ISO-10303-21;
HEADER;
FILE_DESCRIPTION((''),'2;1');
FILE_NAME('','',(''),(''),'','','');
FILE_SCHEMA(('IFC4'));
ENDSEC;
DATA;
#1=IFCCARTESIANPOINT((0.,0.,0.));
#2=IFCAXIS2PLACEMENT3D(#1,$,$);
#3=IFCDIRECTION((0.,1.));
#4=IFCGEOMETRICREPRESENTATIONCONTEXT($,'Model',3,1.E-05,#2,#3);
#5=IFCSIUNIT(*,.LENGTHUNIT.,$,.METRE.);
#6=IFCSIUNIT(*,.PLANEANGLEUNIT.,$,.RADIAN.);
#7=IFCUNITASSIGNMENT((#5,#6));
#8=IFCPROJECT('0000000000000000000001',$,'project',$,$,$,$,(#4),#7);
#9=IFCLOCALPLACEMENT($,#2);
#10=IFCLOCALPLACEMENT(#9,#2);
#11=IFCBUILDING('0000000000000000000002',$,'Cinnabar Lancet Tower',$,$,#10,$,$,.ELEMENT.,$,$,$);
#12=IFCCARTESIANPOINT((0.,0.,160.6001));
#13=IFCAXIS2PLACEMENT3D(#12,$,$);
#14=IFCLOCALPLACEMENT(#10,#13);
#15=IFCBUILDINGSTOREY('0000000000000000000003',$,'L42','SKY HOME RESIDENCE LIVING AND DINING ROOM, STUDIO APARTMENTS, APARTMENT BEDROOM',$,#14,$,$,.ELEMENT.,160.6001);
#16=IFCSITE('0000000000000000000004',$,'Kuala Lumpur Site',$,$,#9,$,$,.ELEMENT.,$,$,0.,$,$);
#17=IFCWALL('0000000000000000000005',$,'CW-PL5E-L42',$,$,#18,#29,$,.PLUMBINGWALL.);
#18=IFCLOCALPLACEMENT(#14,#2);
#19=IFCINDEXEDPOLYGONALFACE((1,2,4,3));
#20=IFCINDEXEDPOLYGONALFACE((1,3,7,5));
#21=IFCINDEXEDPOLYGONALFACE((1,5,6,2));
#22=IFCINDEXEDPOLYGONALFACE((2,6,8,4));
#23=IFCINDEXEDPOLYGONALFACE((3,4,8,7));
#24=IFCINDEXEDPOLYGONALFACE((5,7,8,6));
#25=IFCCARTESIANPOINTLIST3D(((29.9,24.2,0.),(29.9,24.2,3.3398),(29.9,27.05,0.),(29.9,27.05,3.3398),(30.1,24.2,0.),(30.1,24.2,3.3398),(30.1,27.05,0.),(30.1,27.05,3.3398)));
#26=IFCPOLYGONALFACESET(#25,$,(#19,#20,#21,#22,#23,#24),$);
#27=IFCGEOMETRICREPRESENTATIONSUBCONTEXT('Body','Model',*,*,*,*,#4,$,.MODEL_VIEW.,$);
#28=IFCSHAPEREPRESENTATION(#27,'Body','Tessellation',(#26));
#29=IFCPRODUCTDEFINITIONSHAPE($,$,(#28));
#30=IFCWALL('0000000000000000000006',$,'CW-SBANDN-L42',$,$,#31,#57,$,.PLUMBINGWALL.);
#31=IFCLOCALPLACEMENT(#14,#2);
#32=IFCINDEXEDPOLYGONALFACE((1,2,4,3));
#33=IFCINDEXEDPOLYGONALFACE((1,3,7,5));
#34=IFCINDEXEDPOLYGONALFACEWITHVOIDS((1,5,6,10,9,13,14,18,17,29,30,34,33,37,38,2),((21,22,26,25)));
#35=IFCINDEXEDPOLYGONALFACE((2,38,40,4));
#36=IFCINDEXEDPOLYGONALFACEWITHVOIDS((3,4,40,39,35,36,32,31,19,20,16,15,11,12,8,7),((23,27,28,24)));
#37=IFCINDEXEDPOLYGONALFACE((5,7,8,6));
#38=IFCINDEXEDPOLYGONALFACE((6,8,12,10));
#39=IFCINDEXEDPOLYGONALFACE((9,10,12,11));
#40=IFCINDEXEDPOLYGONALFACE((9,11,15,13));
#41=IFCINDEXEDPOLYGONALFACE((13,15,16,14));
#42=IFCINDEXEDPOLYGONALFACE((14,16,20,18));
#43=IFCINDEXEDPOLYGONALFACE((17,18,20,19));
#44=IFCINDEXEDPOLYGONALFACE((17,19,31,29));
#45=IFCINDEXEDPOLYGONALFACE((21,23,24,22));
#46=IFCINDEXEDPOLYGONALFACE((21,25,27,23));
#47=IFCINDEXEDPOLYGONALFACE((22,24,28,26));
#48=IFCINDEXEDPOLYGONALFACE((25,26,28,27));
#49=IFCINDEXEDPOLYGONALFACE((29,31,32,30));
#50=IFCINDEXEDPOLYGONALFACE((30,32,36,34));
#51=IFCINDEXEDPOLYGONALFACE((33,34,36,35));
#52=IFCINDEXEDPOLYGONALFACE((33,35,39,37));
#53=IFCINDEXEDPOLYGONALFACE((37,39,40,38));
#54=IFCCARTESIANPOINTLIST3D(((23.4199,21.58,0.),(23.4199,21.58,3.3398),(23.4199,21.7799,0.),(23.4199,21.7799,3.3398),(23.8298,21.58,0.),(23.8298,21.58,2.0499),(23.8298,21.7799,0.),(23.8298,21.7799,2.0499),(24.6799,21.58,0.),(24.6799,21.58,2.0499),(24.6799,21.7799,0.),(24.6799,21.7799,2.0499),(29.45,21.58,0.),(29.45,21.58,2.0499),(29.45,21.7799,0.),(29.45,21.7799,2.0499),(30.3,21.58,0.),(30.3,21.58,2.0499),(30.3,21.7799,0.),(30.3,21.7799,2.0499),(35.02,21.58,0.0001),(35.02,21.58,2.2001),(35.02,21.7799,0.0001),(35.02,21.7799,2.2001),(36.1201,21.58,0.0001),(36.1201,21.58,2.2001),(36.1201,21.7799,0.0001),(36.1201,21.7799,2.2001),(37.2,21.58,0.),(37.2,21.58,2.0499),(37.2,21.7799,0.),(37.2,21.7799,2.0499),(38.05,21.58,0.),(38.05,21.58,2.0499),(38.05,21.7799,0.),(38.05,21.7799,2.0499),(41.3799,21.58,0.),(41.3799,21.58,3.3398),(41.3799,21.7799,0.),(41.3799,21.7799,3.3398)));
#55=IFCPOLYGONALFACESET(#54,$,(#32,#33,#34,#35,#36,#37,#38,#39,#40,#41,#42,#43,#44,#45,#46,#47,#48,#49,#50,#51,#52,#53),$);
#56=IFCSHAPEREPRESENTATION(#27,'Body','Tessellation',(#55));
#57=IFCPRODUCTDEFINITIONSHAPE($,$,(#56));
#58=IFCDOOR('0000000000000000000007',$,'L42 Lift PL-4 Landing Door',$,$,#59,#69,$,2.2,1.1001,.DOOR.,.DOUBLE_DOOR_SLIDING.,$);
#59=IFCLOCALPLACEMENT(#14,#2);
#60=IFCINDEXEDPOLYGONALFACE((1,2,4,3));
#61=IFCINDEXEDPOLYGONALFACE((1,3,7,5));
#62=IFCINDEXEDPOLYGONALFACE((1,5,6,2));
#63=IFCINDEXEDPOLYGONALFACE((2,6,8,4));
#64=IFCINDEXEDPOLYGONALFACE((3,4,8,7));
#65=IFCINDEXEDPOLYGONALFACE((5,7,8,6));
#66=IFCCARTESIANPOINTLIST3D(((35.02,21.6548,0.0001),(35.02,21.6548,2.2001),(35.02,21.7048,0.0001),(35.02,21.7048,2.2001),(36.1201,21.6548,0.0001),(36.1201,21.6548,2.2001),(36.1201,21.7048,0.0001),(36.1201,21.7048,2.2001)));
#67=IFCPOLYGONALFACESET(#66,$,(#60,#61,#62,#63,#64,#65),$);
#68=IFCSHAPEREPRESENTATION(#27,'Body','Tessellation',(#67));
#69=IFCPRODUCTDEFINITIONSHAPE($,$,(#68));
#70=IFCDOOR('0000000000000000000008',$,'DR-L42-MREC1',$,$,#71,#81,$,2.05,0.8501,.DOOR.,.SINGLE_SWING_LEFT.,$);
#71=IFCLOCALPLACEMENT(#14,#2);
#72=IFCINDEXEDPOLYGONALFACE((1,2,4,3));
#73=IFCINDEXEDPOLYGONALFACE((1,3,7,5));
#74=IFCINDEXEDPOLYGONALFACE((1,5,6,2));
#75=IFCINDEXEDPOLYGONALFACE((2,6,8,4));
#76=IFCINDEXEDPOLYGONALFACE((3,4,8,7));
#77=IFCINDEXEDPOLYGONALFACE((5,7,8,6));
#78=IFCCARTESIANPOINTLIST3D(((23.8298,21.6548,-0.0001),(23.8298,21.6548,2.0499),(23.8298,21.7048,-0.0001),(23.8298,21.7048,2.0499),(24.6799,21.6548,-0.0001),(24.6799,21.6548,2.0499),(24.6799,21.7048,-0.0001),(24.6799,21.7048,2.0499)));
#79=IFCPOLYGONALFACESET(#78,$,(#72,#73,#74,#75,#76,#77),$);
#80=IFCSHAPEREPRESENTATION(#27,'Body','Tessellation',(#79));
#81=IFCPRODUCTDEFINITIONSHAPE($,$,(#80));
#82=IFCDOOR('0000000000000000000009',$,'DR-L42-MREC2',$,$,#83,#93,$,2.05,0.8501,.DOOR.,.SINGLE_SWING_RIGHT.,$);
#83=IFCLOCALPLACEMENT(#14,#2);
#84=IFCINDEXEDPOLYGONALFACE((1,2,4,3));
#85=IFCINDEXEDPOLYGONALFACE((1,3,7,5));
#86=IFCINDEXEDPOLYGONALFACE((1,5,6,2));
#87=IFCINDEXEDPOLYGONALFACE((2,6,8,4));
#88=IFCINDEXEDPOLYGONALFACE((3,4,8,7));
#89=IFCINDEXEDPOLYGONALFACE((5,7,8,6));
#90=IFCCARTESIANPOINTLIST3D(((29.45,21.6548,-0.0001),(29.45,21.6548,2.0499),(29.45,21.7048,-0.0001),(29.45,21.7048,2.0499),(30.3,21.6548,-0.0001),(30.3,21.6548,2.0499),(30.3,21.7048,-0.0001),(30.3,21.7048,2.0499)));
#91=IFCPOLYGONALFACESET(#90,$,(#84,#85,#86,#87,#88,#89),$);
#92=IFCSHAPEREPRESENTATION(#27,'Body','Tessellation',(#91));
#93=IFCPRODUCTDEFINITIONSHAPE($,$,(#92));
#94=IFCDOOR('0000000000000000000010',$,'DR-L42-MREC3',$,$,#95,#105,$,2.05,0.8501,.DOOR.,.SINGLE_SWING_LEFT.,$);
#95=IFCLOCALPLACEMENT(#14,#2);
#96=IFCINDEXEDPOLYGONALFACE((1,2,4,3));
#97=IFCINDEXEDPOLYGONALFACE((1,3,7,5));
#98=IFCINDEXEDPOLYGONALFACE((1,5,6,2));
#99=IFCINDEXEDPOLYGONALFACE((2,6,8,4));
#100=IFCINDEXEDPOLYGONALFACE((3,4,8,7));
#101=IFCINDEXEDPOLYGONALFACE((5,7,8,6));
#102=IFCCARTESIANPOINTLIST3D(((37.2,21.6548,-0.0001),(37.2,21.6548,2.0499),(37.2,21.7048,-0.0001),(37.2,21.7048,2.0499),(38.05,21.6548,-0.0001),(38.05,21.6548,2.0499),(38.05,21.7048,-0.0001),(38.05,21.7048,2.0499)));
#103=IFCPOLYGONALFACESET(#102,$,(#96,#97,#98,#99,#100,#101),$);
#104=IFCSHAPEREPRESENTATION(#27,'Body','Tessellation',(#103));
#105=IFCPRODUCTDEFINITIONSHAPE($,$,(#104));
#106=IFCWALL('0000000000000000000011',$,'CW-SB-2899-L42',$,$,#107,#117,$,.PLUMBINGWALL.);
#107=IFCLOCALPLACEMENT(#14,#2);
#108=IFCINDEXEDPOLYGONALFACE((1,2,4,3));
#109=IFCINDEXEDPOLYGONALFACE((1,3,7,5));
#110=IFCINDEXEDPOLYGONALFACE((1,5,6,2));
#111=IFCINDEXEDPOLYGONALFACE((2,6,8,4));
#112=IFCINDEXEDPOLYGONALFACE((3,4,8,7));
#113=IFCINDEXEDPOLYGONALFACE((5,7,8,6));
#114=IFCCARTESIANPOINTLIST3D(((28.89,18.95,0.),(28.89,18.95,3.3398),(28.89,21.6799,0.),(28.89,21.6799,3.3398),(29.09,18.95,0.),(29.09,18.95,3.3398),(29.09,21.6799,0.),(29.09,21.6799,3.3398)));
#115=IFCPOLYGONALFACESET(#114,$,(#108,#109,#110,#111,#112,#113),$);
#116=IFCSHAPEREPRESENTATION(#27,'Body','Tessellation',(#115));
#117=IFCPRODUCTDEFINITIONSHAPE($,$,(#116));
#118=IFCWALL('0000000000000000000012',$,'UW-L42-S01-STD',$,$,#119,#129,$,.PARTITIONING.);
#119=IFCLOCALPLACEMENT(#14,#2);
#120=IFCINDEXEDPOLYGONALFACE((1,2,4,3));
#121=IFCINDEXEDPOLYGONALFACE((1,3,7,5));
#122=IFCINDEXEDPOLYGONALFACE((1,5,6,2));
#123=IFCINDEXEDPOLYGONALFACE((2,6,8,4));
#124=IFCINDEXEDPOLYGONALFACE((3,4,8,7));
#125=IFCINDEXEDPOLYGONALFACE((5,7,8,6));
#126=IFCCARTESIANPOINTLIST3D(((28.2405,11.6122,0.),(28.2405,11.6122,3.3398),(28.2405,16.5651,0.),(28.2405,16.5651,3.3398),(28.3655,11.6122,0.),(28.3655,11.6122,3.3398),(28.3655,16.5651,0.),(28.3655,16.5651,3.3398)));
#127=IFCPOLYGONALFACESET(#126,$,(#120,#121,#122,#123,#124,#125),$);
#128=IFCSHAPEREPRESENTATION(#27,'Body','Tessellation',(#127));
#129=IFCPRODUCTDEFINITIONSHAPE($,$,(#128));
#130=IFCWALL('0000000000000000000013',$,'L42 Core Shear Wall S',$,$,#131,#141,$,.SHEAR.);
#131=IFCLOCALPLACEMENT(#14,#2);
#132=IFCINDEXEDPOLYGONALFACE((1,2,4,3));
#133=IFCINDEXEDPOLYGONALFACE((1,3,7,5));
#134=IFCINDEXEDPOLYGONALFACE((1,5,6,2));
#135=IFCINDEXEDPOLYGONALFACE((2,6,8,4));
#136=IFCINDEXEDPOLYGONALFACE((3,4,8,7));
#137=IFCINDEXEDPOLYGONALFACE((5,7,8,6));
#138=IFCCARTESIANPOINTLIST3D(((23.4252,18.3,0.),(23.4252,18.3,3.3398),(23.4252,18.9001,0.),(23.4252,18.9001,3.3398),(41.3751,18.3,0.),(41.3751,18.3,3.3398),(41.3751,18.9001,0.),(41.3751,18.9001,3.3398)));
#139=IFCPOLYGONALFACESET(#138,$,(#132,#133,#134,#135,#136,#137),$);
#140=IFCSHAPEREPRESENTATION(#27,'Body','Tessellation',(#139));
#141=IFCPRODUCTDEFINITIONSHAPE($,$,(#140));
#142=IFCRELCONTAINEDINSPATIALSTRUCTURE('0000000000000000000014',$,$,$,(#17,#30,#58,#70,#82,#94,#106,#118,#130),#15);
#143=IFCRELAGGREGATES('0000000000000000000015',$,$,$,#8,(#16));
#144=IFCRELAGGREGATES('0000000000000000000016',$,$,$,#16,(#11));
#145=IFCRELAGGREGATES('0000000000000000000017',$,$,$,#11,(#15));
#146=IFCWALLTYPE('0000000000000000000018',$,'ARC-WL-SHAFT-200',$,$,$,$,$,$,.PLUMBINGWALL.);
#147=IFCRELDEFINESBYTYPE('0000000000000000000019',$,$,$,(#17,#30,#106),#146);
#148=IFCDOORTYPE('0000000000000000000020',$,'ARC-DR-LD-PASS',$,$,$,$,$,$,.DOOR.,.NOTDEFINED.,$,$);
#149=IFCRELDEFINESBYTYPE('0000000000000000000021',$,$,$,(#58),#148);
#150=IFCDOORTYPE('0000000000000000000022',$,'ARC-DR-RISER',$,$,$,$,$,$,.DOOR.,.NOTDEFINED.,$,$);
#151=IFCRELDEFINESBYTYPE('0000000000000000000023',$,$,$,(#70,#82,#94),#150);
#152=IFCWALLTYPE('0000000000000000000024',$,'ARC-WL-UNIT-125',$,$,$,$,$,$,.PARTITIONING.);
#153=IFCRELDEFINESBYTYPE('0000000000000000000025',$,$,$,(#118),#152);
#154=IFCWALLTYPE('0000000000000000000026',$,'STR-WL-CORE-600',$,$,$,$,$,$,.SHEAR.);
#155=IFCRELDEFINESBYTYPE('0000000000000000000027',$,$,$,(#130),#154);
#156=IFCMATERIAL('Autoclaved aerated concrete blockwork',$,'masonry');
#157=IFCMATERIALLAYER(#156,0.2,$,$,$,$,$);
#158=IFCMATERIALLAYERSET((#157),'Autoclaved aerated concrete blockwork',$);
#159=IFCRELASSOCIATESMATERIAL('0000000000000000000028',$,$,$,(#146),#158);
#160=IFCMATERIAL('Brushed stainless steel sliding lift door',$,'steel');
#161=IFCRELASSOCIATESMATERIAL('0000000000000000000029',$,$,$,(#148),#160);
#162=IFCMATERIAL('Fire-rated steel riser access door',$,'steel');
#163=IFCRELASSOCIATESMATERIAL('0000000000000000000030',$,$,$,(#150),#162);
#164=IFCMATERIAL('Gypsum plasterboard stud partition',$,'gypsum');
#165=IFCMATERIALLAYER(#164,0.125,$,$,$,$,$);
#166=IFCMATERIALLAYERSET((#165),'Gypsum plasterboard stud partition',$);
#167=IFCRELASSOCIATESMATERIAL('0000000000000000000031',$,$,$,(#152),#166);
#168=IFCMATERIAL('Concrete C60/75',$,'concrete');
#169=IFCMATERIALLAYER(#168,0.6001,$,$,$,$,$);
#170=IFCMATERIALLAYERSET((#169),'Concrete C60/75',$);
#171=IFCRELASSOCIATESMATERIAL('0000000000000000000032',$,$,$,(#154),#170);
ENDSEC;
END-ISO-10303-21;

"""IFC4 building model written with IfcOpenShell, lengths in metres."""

from ifc_helpers import new_model, si_unit, direction, frame, frame_2d, origin, place, context, subcontext, project, spatial, rectangle, extrude, material, layer, layer_set, type_object, element, fill, save


model = new_model("IFC4")

# Units and contexts
model_context = context("Model", 3, precision=1e-05, world=origin(), true_north=direction((0.0, 1.0)))
body_context = subcontext(model_context, "Body", "Model", "MODEL_VIEW")
ifc_project = project(units=[si_unit("LENGTHUNIT", "METRE"), si_unit("PLANEANGLEUNIT", "RADIAN")], contexts=[model_context])

# Site, building, storey
site_placement = place(None, origin())
site = spatial("IfcSite", under=ifc_project, at=site_placement, Name="Kuala Lumpur Site", CompositionType="ELEMENT", RefElevation=0.0)
building_placement = place(site_placement, origin())
building = spatial("IfcBuilding", under=site, at=building_placement, Name="Cinnabar Lancet Tower", CompositionType="ELEMENT")
storey_placement = place(building_placement, frame((0.0, 0.0, 160.6001)))
storey = spatial("IfcBuildingStorey", under=building, at=storey_placement, Name="L42", Description="SKY HOME RESIDENCE LIVING AND DINING ROOM, STUDIO APARTMENTS, APARTMENT BEDROOM", CompositionType="ELEMENT", Elevation=160.6001)

# Shared definitions
ifc_material_1 = material(Name="Autoclaved aerated concrete blockwork", Category="masonry")
ifc_layer_1 = layer(ifc_material_1, 0.2)
ifc_layer_set_1 = layer_set([ifc_layer_1], Name="Autoclaved aerated concrete blockwork")
wall_type_1 = type_object("IfcWallType", Name="ARC-WL-SHAFT-200", PredefinedType="PLUMBINGWALL", material=ifc_layer_set_1)

# Shared definitions
ifc_material_2 = material(Name="Brushed stainless steel sliding lift door", Category="steel")
door_type_1 = type_object("IfcDoorType", Name="ARC-DR-LD-PASS", OperationType="NOTDEFINED", PredefinedType="DOOR", material=ifc_material_2)

# Wall
wall_1_placement = place(storey_placement, frame((30.0, 24.2, 0.0), z_axis=(0.0, 0.0, 1.0), x_axis=(0.0, 1.0, 0.0)))
element("IfcWall", 1, at=wall_1_placement, inside=storey, type_object=wall_type_1, Name="CW-PL5E-L42", PredefinedType="PLUMBINGWALL", context=body_context, shape_type="SweptSolid", body=[
    extrude(rectangle(XDim=2.8501, YDim=0.2, at=frame_2d((1.425, 0.0))), origin(), (0.0, 0.0, 1.0), 3.3398),
])

# Wall, openings, doors
wall_2_placement = place(storey_placement, frame((23.4199, 21.6799, 0.0), z_axis=(0.0, 0.0, 1.0), x_axis=(1.0, 0.0, 0.0)))
wall_2 = element("IfcWall", 2, at=wall_2_placement, inside=storey, type_object=wall_type_1, Name="CW-SBANDN-L42", PredefinedType="PLUMBINGWALL", context=body_context, shape_type="SweptSolid", body=[
    extrude(rectangle(XDim=17.96, YDim=0.2, at=frame_2d((8.98, 0.0))), origin(), (0.0, 0.0, 1.0), 3.3398),
])
opening_1_placement = place(wall_2_placement, frame((11.6001, 0.0, 0.0)))
opening_1 = element("IfcOpeningElement", 3, at=opening_1_placement, cuts=wall_2, PredefinedType="OPENING", context=body_context, shape_type="SweptSolid", body=[
    extrude(rectangle(XDim=1.1001, YDim=2.2, at=frame_2d((0.55, 1.1001))), frame((0.0, 0.1099, 0.0), z_axis=(0.0, -1.0, 0.0), x_axis=(1.0, 0.0, 0.0)), (0.0, 0.0, 1.0), 0.22),
])
opening_2_placement = place(wall_2_placement, frame((0.4099, 0.0, 0.0)))
opening_2 = element("IfcOpeningElement", 4, at=opening_2_placement, cuts=wall_2, PredefinedType="OPENING", context=body_context, shape_type="SweptSolid", body=[
    extrude(rectangle(XDim=0.8501, YDim=2.05, at=frame_2d((0.425, 1.0249))), frame((0.0, 0.1099, 0.0), z_axis=(0.0, -1.0, 0.0), x_axis=(1.0, 0.0, 0.0)), (0.0, 0.0, 1.0), 0.22),
])
opening_3_placement = place(wall_2_placement, frame((6.03, 0.0, 0.0)))
opening_3 = element("IfcOpeningElement", 5, at=opening_3_placement, cuts=wall_2, PredefinedType="OPENING", context=body_context, shape_type="SweptSolid", body=[
    extrude(rectangle(XDim=0.8501, YDim=2.05, at=frame_2d((0.425, 1.0249))), frame((0.0, 0.1099, 0.0), z_axis=(0.0, -1.0, 0.0), x_axis=(1.0, 0.0, 0.0)), (0.0, 0.0, 1.0), 0.22),
])
opening_4_placement = place(wall_2_placement, frame((13.78, 0.0, 0.0)))
opening_4 = element("IfcOpeningElement", 6, at=opening_4_placement, cuts=wall_2, PredefinedType="OPENING", context=body_context, shape_type="SweptSolid", body=[
    extrude(rectangle(XDim=0.8501, YDim=2.05, at=frame_2d((0.425, 1.0249))), frame((0.0, 0.1099, 0.0), z_axis=(0.0, -1.0, 0.0), x_axis=(1.0, 0.0, 0.0)), (0.0, 0.0, 1.0), 0.22),
])
door_1_placement = place(opening_1_placement, origin())
door_1 = element("IfcDoor", 7, at=door_1_placement, inside=storey, type_object=door_type_1, Name="L42 Lift PL-4 Landing Door", OperationType="DOUBLE_DOOR_SLIDING", OverallHeight=2.2, OverallWidth=1.1001, PredefinedType="DOOR", context=body_context, shape_type="SweptSolid", body=[
    extrude(rectangle(XDim=1.1001, YDim=2.2, at=frame_2d((0.55, 1.1001))), frame((0.0, 0.0249, 0.0), z_axis=(0.0, -1.0, 0.0), x_axis=(1.0, 0.0, 0.0)), (0.0, 0.0, 1.0), 0.05),
])
fill(opening_1, door_1)
ifc_material_3 = material(Name="Fire-rated steel riser access door", Category="steel")
door_type_2 = type_object("IfcDoorType", Name="ARC-DR-RISER", OperationType="NOTDEFINED", PredefinedType="DOOR", material=ifc_material_3)
door_2_placement = place(opening_2_placement, origin())
door_2 = element("IfcDoor", 8, at=door_2_placement, inside=storey, type_object=door_type_2, Name="DR-L42-MREC1", OperationType="SINGLE_SWING_LEFT", OverallHeight=2.05, OverallWidth=0.8501, PredefinedType="DOOR", context=body_context, shape_type="SweptSolid", body=[
    extrude(rectangle(XDim=0.8501, YDim=2.05, at=frame_2d((0.425, 1.0249))), frame((0.0, 0.0249, 0.0), z_axis=(0.0, -1.0, 0.0), x_axis=(1.0, 0.0, 0.0)), (0.0, 0.0, 1.0), 0.05),
])
fill(opening_2, door_2)
door_3_placement = place(opening_3_placement, origin())
door_3 = element("IfcDoor", 9, at=door_3_placement, inside=storey, type_object=door_type_2, Name="DR-L42-MREC2", OperationType="SINGLE_SWING_RIGHT", OverallHeight=2.05, OverallWidth=0.8501, PredefinedType="DOOR", context=body_context, shape_type="SweptSolid", body=[
    extrude(rectangle(XDim=0.8501, YDim=2.05, at=frame_2d((0.425, 1.0249))), frame((0.0, 0.0249, 0.0), z_axis=(0.0, -1.0, 0.0), x_axis=(1.0, 0.0, 0.0)), (0.0, 0.0, 1.0), 0.05),
])
fill(opening_3, door_3)
door_4_placement = place(opening_4_placement, origin())
door_4 = element("IfcDoor", 10, at=door_4_placement, inside=storey, type_object=door_type_2, Name="DR-L42-MREC3", OperationType="SINGLE_SWING_LEFT", OverallHeight=2.05, OverallWidth=0.8501, PredefinedType="DOOR", context=body_context, shape_type="SweptSolid", body=[
    extrude(rectangle(XDim=0.8501, YDim=2.05, at=frame_2d((0.425, 1.0249))), frame((0.0, 0.0249, 0.0), z_axis=(0.0, -1.0, 0.0), x_axis=(1.0, 0.0, 0.0)), (0.0, 0.0, 1.0), 0.05),
])
fill(opening_4, door_4)

# Walls
wall_3_placement = place(storey_placement, frame((28.99, 18.95, 0.0), z_axis=(0.0, 0.0, 1.0), x_axis=(0.0, 1.0, 0.0)))
element("IfcWall", 11, at=wall_3_placement, inside=storey, type_object=wall_type_1, Name="CW-SB-2899-L42", PredefinedType="PLUMBINGWALL", context=body_context, shape_type="SweptSolid", body=[
    extrude(rectangle(XDim=2.73, YDim=0.2, at=frame_2d((1.365, 0.0))), origin(), (0.0, 0.0, 1.0), 3.3398),
])
ifc_material_4 = material(Name="Gypsum plasterboard stud partition", Category="gypsum")
ifc_layer_2 = layer(ifc_material_4, 0.125)
ifc_layer_set_2 = layer_set([ifc_layer_2], Name="Gypsum plasterboard stud partition")
wall_type_2 = type_object("IfcWallType", Name="ARC-WL-UNIT-125", PredefinedType="PARTITIONING", material=ifc_layer_set_2)
wall_4_placement = place(storey_placement, frame((28.303, 11.6121, 0.0), z_axis=(0.0, 0.0, 1.0), x_axis=(0.0, 1.0, 0.0)))
element("IfcWall", 12, at=wall_4_placement, inside=storey, type_object=wall_type_2, Name="UW-L42-S01-STD", PredefinedType="PARTITIONING", context=body_context, shape_type="SweptSolid", body=[
    extrude(rectangle(XDim=4.9529, YDim=0.125, at=frame_2d((2.4766, 0.0))), origin(), (0.0, 0.0, 1.0), 3.3398),
])
ifc_material_5 = material(Name="Concrete C60/75", Category="concrete")
ifc_layer_3 = layer(ifc_material_5, 0.6001)
ifc_layer_set_3 = layer_set([ifc_layer_3], Name="Concrete C60/75")
wall_type_3 = type_object("IfcWallType", Name="STR-WL-CORE-600", PredefinedType="SHEAR", material=ifc_layer_set_3)
wall_5_placement = place(storey_placement, frame((23.425, 18.6001, 0.0), z_axis=(0.0, 0.0, 1.0), x_axis=(1.0, 0.0, 0.0)))
element("IfcWall", 13, at=wall_5_placement, inside=storey, type_object=wall_type_3, Name="L42 Core Shear Wall S", PredefinedType="SHEAR", context=body_context, shape_type="SweptSolid", body=[
    extrude(rectangle(XDim=17.95, YDim=0.6001, at=frame_2d((8.9751, 0.0))), origin(), (0.0, 0.0, 1.0), 3.3398),
])

save(model, "model.ifc")
